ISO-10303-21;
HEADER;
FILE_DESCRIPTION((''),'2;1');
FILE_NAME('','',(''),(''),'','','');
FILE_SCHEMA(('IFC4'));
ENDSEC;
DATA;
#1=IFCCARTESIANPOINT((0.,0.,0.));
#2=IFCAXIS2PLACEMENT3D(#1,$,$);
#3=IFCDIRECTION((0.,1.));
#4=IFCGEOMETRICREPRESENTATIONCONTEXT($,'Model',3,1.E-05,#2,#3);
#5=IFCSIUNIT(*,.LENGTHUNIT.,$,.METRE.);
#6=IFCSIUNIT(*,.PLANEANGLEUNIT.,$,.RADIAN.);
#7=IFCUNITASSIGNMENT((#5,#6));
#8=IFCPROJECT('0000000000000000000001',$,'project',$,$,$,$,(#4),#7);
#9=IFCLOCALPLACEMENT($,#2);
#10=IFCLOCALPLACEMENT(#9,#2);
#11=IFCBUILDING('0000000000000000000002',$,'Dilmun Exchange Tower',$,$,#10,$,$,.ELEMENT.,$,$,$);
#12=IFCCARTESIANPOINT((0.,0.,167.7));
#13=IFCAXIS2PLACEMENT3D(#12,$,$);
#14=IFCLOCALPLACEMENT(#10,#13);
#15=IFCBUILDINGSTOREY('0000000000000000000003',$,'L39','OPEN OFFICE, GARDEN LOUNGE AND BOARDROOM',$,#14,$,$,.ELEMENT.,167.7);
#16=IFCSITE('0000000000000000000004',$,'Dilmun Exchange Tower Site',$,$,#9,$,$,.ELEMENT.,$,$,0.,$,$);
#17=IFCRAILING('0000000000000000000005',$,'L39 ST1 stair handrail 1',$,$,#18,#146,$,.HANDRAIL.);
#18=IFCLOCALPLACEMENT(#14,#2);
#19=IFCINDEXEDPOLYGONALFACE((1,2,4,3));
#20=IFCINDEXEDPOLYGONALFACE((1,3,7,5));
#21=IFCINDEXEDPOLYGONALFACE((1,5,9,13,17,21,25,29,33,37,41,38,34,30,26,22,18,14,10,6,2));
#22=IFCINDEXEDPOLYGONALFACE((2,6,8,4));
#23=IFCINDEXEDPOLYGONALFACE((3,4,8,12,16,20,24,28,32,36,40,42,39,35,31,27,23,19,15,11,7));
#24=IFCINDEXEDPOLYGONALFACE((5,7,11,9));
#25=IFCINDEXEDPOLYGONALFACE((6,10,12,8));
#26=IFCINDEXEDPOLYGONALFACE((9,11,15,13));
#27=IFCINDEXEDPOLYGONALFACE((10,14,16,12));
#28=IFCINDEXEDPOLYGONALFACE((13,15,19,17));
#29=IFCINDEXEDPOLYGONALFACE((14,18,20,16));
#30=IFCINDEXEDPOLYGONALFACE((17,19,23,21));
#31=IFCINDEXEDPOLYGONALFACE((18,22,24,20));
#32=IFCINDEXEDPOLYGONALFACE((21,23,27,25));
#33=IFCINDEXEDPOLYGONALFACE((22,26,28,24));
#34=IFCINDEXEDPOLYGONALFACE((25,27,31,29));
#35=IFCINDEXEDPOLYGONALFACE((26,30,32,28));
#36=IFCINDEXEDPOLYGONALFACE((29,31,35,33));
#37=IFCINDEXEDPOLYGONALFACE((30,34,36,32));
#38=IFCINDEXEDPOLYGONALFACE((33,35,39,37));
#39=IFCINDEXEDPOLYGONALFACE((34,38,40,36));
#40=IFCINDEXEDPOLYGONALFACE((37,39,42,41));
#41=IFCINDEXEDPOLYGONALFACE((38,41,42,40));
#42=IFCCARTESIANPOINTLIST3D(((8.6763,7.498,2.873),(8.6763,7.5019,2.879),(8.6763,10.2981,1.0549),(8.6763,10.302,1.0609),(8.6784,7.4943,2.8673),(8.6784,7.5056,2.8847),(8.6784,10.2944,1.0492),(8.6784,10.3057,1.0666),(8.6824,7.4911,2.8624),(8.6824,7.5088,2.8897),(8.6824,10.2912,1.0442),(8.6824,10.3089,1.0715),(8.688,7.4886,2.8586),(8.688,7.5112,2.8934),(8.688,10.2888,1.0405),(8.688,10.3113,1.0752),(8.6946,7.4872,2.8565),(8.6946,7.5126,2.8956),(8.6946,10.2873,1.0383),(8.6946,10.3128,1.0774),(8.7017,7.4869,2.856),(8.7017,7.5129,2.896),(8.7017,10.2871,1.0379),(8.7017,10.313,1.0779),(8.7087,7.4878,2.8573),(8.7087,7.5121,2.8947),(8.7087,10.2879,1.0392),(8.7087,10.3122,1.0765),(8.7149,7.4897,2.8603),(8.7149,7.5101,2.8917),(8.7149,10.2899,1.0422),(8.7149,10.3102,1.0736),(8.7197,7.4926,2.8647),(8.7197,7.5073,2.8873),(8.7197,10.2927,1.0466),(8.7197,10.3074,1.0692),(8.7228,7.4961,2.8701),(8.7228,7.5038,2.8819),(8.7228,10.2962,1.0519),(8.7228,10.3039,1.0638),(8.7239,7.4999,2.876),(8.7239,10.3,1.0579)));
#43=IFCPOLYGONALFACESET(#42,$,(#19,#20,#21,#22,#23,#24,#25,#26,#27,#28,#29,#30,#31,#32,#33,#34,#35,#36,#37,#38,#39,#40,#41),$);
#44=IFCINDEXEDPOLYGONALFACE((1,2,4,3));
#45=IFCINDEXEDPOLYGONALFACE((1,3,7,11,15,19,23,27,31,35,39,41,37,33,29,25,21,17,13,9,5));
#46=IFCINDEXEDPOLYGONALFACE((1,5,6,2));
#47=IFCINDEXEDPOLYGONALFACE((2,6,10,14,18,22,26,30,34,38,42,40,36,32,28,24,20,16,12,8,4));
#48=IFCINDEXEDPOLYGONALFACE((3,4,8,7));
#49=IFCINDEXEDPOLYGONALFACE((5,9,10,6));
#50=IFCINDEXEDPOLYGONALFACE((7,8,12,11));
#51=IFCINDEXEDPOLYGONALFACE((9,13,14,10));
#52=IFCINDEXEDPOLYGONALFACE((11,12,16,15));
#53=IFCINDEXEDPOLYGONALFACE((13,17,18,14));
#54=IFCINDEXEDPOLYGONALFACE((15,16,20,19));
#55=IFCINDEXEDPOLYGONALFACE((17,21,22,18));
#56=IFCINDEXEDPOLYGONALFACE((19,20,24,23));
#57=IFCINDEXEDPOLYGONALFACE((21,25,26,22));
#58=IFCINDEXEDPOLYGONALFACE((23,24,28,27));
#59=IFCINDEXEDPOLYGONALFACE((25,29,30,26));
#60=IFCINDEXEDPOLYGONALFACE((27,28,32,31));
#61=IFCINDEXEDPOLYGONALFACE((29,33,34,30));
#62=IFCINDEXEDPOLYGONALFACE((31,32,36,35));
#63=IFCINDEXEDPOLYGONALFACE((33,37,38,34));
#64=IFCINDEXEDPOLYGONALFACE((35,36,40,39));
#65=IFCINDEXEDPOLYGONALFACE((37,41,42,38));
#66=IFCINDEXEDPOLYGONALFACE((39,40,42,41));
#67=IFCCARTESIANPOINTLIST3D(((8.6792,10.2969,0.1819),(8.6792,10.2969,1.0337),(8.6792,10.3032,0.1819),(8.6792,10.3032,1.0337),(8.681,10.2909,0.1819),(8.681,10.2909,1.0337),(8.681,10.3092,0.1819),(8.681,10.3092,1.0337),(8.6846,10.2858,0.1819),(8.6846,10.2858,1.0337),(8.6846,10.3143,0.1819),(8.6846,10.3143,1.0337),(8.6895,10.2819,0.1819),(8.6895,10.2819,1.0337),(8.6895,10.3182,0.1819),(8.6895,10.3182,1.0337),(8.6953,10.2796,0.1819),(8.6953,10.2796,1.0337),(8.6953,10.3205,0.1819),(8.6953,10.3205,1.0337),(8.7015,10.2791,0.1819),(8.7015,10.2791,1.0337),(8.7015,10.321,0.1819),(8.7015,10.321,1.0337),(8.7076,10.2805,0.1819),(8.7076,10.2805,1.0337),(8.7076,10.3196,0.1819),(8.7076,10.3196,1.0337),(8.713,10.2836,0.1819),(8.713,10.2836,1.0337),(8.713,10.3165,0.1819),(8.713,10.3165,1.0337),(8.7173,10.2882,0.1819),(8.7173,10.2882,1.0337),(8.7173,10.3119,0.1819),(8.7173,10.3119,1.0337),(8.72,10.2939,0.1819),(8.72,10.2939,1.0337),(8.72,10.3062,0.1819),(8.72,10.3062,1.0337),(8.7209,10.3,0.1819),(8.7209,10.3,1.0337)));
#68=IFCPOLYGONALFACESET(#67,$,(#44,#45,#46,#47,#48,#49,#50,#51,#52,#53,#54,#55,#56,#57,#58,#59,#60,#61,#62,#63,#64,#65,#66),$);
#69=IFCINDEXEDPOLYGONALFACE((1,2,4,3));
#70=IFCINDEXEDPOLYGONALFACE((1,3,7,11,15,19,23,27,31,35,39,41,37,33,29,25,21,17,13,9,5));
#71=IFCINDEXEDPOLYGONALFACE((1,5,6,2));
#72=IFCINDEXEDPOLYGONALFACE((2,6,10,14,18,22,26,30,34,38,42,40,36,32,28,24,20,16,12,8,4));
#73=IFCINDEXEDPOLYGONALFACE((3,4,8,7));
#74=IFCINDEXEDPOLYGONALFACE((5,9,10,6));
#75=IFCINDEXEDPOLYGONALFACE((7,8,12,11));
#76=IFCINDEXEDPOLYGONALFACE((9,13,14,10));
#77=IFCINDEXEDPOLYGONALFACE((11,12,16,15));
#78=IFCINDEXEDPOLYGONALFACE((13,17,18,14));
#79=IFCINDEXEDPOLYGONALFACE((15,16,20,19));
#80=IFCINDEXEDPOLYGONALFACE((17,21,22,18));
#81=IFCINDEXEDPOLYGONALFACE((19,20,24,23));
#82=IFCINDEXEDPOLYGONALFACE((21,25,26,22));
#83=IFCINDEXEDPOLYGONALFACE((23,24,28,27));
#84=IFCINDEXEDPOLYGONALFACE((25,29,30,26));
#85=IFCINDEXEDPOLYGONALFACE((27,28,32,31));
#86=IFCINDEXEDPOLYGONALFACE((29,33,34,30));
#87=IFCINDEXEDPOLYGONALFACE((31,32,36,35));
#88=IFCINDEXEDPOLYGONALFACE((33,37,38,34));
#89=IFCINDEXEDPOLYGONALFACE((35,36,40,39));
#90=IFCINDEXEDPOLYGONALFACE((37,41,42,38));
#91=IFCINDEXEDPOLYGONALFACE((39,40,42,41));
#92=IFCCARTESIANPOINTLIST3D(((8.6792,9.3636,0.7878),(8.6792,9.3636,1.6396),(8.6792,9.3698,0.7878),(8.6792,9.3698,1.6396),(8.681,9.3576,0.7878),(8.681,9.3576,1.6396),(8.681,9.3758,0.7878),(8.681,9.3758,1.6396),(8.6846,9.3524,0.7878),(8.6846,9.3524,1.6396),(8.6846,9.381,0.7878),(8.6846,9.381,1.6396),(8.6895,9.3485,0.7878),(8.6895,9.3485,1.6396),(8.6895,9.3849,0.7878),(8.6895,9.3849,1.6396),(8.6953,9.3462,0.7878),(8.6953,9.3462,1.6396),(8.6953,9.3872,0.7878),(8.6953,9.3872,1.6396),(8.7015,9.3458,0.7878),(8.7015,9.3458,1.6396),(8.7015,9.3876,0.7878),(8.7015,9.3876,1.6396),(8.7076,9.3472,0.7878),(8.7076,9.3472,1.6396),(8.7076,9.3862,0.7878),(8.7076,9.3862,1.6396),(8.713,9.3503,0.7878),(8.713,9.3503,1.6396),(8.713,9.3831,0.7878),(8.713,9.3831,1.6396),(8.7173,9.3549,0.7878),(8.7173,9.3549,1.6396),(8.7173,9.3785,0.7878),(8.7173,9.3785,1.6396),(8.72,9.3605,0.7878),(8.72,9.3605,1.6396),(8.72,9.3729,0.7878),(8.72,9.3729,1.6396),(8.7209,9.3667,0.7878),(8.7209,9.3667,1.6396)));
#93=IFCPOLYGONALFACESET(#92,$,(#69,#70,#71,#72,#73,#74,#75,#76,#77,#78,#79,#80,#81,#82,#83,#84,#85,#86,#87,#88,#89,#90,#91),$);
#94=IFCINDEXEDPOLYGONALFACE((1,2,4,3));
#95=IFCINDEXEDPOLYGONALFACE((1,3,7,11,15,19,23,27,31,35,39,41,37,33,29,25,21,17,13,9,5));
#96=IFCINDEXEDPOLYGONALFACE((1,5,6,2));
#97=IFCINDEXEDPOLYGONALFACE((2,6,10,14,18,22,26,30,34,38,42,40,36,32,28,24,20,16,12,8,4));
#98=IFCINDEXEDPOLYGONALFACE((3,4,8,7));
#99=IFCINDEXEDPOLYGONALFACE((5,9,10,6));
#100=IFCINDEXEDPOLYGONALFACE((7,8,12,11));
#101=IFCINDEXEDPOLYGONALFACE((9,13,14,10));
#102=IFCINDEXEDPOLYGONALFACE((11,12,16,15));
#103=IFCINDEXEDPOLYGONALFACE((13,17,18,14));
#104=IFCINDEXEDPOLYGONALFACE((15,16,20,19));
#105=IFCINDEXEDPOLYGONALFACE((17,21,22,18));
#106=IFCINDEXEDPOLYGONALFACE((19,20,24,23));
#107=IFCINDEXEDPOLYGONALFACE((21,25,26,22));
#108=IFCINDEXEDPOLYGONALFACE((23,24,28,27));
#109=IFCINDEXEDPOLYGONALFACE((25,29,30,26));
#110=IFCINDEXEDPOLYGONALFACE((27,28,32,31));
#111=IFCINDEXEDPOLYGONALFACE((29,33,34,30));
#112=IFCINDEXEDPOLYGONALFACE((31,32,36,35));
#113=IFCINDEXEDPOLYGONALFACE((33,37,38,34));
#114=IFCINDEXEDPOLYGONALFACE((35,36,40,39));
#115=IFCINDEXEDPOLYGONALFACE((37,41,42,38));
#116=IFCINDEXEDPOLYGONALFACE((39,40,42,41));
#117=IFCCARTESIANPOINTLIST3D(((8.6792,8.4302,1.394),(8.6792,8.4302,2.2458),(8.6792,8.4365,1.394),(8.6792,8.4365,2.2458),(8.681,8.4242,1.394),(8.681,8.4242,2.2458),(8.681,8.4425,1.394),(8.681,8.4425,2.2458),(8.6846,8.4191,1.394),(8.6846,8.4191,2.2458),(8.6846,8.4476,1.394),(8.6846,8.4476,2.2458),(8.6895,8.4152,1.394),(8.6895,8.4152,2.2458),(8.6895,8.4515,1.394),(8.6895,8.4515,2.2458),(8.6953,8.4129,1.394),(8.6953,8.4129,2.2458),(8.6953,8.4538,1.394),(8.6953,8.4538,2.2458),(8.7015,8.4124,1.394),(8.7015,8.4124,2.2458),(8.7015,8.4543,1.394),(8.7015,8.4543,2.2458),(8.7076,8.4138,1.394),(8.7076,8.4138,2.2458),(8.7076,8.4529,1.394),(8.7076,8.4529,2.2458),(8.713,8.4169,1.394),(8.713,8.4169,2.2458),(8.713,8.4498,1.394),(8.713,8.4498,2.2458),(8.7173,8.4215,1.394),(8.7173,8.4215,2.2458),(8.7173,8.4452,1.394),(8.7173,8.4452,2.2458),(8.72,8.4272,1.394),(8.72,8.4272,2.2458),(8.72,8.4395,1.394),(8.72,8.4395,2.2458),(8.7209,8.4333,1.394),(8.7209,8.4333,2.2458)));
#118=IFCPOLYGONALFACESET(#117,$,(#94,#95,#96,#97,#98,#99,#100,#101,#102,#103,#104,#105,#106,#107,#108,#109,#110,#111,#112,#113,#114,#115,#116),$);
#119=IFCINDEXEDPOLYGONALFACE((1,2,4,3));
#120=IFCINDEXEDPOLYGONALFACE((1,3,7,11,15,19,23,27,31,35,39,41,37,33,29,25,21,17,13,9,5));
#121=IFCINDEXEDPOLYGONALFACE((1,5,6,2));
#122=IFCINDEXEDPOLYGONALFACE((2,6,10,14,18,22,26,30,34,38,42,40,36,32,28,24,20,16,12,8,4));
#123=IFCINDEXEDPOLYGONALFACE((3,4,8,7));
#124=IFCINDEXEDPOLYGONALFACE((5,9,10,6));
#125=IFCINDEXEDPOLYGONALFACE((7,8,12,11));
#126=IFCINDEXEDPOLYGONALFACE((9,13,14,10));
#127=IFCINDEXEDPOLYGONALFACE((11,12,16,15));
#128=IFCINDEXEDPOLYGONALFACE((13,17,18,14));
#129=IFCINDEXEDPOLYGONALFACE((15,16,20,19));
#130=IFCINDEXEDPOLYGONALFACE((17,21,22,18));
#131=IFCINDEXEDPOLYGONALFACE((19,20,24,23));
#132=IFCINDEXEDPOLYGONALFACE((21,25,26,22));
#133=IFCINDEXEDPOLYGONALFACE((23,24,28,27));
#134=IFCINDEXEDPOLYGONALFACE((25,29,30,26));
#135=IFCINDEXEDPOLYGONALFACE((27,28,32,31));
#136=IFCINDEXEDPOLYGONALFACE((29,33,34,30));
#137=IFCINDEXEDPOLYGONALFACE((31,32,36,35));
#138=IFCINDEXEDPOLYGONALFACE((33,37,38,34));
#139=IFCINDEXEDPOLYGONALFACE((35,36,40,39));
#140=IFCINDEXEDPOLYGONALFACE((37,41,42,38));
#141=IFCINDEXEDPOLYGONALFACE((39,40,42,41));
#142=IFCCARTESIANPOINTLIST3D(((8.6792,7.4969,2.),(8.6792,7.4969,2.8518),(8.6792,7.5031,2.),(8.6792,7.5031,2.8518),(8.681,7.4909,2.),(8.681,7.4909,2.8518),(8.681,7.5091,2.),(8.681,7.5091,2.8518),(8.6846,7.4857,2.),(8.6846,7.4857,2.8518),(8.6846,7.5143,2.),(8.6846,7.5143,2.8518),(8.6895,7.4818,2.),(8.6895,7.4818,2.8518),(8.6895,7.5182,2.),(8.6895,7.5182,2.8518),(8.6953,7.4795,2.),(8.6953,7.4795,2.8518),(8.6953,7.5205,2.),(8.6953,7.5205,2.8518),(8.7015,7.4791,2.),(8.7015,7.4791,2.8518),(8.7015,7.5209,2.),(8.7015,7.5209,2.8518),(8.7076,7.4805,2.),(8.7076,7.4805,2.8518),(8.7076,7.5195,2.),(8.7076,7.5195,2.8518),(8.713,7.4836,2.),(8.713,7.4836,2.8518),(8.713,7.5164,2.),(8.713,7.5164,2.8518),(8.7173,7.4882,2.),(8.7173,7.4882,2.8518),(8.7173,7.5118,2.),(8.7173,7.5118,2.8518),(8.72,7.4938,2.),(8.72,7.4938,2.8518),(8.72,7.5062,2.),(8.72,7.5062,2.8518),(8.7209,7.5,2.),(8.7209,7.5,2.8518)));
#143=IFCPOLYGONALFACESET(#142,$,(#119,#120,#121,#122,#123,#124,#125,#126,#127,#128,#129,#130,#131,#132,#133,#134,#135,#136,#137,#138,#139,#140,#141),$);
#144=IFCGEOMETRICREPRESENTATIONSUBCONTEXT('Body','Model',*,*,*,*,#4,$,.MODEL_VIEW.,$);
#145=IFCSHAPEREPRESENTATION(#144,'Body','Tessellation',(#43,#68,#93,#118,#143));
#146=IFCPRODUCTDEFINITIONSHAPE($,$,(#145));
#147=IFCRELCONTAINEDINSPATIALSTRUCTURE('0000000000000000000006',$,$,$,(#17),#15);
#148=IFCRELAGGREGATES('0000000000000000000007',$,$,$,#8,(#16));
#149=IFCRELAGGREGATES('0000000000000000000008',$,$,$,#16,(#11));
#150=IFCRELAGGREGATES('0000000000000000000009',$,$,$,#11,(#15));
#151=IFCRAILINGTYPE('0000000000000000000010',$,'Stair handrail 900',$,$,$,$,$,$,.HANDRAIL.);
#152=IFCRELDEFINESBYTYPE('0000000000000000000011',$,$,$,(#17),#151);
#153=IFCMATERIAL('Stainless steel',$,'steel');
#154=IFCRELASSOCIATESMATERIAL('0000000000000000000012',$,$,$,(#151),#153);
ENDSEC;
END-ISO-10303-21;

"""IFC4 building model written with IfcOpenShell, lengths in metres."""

from ifc_helpers import new_model, si_unit, direction, frame, origin, origin_2d, place, context, subcontext, project, spatial, circle, extrude, material, type_object, element, save


model = new_model("IFC4")

# Units and contexts
model_context = context("Model", 3, precision=1e-05, world=origin(), true_north=direction((0.0, 1.0)))
body_context = subcontext(model_context, "Body", "Model", "MODEL_VIEW")
ifc_project = project(units=[si_unit("LENGTHUNIT", "METRE"), si_unit("PLANEANGLEUNIT", "RADIAN")], contexts=[model_context])

# Site, building, storey
site_placement = place(None, origin())
site = spatial("IfcSite", under=ifc_project, at=site_placement, Name="Dilmun Exchange Tower Site", CompositionType="ELEMENT", RefElevation=0.0)
building_placement = place(site_placement, origin())
building = spatial("IfcBuilding", under=site, at=building_placement, Name="Dilmun Exchange Tower", CompositionType="ELEMENT")
storey_placement = place(building_placement, frame((0.0, 0.0, 167.7)))
storey = spatial("IfcBuildingStorey", under=building, at=storey_placement, Name="L39", Description="OPEN OFFICE, GARDEN LOUNGE AND BOARDROOM", CompositionType="ELEMENT", Elevation=167.7)

# Railing
ifc_material_1 = material(Name="Stainless steel", Category="steel")
railing_type = type_object("IfcRailingType", Name="Stair handrail 900", PredefinedType="HANDRAIL", material=ifc_material_1)
railing_1_placement = place(storey_placement, frame((8.7, 10.3, 0.1819)))
element("IfcRailing", 1, at=railing_1_placement, inside=storey, type_object=railing_type, Name="L39 ST1 stair handrail 1", PredefinedType="HANDRAIL", context=body_context, shape_type="SweptSolid", body=[
    extrude(circle(Radius=0.0239, at=origin_2d()), frame((0.0, 0.0, 0.876), z_axis=(0.0, -0.838706, 0.544585), x_axis=(1.0, 0.0, 0.0)), (0.0, 0.0, 1.0), 3.3386),
    extrude(circle(Radius=0.021, at=origin_2d()), origin(), (0.0, 0.0, 1.0), 0.8518),
    extrude(circle(Radius=0.021, at=origin_2d()), frame((0.0, -0.9333, 0.606)), (0.0, 0.0, 1.0), 0.8518),
    extrude(circle(Radius=0.021, at=origin_2d()), frame((0.0, -1.8667, 1.2122)), (0.0, 0.0, 1.0), 0.8518),
    extrude(circle(Radius=0.021, at=origin_2d()), frame((0.0, -2.8, 1.8181)), (0.0, 0.0, 1.0), 0.8518),
])

save(model, "model.ifc")
